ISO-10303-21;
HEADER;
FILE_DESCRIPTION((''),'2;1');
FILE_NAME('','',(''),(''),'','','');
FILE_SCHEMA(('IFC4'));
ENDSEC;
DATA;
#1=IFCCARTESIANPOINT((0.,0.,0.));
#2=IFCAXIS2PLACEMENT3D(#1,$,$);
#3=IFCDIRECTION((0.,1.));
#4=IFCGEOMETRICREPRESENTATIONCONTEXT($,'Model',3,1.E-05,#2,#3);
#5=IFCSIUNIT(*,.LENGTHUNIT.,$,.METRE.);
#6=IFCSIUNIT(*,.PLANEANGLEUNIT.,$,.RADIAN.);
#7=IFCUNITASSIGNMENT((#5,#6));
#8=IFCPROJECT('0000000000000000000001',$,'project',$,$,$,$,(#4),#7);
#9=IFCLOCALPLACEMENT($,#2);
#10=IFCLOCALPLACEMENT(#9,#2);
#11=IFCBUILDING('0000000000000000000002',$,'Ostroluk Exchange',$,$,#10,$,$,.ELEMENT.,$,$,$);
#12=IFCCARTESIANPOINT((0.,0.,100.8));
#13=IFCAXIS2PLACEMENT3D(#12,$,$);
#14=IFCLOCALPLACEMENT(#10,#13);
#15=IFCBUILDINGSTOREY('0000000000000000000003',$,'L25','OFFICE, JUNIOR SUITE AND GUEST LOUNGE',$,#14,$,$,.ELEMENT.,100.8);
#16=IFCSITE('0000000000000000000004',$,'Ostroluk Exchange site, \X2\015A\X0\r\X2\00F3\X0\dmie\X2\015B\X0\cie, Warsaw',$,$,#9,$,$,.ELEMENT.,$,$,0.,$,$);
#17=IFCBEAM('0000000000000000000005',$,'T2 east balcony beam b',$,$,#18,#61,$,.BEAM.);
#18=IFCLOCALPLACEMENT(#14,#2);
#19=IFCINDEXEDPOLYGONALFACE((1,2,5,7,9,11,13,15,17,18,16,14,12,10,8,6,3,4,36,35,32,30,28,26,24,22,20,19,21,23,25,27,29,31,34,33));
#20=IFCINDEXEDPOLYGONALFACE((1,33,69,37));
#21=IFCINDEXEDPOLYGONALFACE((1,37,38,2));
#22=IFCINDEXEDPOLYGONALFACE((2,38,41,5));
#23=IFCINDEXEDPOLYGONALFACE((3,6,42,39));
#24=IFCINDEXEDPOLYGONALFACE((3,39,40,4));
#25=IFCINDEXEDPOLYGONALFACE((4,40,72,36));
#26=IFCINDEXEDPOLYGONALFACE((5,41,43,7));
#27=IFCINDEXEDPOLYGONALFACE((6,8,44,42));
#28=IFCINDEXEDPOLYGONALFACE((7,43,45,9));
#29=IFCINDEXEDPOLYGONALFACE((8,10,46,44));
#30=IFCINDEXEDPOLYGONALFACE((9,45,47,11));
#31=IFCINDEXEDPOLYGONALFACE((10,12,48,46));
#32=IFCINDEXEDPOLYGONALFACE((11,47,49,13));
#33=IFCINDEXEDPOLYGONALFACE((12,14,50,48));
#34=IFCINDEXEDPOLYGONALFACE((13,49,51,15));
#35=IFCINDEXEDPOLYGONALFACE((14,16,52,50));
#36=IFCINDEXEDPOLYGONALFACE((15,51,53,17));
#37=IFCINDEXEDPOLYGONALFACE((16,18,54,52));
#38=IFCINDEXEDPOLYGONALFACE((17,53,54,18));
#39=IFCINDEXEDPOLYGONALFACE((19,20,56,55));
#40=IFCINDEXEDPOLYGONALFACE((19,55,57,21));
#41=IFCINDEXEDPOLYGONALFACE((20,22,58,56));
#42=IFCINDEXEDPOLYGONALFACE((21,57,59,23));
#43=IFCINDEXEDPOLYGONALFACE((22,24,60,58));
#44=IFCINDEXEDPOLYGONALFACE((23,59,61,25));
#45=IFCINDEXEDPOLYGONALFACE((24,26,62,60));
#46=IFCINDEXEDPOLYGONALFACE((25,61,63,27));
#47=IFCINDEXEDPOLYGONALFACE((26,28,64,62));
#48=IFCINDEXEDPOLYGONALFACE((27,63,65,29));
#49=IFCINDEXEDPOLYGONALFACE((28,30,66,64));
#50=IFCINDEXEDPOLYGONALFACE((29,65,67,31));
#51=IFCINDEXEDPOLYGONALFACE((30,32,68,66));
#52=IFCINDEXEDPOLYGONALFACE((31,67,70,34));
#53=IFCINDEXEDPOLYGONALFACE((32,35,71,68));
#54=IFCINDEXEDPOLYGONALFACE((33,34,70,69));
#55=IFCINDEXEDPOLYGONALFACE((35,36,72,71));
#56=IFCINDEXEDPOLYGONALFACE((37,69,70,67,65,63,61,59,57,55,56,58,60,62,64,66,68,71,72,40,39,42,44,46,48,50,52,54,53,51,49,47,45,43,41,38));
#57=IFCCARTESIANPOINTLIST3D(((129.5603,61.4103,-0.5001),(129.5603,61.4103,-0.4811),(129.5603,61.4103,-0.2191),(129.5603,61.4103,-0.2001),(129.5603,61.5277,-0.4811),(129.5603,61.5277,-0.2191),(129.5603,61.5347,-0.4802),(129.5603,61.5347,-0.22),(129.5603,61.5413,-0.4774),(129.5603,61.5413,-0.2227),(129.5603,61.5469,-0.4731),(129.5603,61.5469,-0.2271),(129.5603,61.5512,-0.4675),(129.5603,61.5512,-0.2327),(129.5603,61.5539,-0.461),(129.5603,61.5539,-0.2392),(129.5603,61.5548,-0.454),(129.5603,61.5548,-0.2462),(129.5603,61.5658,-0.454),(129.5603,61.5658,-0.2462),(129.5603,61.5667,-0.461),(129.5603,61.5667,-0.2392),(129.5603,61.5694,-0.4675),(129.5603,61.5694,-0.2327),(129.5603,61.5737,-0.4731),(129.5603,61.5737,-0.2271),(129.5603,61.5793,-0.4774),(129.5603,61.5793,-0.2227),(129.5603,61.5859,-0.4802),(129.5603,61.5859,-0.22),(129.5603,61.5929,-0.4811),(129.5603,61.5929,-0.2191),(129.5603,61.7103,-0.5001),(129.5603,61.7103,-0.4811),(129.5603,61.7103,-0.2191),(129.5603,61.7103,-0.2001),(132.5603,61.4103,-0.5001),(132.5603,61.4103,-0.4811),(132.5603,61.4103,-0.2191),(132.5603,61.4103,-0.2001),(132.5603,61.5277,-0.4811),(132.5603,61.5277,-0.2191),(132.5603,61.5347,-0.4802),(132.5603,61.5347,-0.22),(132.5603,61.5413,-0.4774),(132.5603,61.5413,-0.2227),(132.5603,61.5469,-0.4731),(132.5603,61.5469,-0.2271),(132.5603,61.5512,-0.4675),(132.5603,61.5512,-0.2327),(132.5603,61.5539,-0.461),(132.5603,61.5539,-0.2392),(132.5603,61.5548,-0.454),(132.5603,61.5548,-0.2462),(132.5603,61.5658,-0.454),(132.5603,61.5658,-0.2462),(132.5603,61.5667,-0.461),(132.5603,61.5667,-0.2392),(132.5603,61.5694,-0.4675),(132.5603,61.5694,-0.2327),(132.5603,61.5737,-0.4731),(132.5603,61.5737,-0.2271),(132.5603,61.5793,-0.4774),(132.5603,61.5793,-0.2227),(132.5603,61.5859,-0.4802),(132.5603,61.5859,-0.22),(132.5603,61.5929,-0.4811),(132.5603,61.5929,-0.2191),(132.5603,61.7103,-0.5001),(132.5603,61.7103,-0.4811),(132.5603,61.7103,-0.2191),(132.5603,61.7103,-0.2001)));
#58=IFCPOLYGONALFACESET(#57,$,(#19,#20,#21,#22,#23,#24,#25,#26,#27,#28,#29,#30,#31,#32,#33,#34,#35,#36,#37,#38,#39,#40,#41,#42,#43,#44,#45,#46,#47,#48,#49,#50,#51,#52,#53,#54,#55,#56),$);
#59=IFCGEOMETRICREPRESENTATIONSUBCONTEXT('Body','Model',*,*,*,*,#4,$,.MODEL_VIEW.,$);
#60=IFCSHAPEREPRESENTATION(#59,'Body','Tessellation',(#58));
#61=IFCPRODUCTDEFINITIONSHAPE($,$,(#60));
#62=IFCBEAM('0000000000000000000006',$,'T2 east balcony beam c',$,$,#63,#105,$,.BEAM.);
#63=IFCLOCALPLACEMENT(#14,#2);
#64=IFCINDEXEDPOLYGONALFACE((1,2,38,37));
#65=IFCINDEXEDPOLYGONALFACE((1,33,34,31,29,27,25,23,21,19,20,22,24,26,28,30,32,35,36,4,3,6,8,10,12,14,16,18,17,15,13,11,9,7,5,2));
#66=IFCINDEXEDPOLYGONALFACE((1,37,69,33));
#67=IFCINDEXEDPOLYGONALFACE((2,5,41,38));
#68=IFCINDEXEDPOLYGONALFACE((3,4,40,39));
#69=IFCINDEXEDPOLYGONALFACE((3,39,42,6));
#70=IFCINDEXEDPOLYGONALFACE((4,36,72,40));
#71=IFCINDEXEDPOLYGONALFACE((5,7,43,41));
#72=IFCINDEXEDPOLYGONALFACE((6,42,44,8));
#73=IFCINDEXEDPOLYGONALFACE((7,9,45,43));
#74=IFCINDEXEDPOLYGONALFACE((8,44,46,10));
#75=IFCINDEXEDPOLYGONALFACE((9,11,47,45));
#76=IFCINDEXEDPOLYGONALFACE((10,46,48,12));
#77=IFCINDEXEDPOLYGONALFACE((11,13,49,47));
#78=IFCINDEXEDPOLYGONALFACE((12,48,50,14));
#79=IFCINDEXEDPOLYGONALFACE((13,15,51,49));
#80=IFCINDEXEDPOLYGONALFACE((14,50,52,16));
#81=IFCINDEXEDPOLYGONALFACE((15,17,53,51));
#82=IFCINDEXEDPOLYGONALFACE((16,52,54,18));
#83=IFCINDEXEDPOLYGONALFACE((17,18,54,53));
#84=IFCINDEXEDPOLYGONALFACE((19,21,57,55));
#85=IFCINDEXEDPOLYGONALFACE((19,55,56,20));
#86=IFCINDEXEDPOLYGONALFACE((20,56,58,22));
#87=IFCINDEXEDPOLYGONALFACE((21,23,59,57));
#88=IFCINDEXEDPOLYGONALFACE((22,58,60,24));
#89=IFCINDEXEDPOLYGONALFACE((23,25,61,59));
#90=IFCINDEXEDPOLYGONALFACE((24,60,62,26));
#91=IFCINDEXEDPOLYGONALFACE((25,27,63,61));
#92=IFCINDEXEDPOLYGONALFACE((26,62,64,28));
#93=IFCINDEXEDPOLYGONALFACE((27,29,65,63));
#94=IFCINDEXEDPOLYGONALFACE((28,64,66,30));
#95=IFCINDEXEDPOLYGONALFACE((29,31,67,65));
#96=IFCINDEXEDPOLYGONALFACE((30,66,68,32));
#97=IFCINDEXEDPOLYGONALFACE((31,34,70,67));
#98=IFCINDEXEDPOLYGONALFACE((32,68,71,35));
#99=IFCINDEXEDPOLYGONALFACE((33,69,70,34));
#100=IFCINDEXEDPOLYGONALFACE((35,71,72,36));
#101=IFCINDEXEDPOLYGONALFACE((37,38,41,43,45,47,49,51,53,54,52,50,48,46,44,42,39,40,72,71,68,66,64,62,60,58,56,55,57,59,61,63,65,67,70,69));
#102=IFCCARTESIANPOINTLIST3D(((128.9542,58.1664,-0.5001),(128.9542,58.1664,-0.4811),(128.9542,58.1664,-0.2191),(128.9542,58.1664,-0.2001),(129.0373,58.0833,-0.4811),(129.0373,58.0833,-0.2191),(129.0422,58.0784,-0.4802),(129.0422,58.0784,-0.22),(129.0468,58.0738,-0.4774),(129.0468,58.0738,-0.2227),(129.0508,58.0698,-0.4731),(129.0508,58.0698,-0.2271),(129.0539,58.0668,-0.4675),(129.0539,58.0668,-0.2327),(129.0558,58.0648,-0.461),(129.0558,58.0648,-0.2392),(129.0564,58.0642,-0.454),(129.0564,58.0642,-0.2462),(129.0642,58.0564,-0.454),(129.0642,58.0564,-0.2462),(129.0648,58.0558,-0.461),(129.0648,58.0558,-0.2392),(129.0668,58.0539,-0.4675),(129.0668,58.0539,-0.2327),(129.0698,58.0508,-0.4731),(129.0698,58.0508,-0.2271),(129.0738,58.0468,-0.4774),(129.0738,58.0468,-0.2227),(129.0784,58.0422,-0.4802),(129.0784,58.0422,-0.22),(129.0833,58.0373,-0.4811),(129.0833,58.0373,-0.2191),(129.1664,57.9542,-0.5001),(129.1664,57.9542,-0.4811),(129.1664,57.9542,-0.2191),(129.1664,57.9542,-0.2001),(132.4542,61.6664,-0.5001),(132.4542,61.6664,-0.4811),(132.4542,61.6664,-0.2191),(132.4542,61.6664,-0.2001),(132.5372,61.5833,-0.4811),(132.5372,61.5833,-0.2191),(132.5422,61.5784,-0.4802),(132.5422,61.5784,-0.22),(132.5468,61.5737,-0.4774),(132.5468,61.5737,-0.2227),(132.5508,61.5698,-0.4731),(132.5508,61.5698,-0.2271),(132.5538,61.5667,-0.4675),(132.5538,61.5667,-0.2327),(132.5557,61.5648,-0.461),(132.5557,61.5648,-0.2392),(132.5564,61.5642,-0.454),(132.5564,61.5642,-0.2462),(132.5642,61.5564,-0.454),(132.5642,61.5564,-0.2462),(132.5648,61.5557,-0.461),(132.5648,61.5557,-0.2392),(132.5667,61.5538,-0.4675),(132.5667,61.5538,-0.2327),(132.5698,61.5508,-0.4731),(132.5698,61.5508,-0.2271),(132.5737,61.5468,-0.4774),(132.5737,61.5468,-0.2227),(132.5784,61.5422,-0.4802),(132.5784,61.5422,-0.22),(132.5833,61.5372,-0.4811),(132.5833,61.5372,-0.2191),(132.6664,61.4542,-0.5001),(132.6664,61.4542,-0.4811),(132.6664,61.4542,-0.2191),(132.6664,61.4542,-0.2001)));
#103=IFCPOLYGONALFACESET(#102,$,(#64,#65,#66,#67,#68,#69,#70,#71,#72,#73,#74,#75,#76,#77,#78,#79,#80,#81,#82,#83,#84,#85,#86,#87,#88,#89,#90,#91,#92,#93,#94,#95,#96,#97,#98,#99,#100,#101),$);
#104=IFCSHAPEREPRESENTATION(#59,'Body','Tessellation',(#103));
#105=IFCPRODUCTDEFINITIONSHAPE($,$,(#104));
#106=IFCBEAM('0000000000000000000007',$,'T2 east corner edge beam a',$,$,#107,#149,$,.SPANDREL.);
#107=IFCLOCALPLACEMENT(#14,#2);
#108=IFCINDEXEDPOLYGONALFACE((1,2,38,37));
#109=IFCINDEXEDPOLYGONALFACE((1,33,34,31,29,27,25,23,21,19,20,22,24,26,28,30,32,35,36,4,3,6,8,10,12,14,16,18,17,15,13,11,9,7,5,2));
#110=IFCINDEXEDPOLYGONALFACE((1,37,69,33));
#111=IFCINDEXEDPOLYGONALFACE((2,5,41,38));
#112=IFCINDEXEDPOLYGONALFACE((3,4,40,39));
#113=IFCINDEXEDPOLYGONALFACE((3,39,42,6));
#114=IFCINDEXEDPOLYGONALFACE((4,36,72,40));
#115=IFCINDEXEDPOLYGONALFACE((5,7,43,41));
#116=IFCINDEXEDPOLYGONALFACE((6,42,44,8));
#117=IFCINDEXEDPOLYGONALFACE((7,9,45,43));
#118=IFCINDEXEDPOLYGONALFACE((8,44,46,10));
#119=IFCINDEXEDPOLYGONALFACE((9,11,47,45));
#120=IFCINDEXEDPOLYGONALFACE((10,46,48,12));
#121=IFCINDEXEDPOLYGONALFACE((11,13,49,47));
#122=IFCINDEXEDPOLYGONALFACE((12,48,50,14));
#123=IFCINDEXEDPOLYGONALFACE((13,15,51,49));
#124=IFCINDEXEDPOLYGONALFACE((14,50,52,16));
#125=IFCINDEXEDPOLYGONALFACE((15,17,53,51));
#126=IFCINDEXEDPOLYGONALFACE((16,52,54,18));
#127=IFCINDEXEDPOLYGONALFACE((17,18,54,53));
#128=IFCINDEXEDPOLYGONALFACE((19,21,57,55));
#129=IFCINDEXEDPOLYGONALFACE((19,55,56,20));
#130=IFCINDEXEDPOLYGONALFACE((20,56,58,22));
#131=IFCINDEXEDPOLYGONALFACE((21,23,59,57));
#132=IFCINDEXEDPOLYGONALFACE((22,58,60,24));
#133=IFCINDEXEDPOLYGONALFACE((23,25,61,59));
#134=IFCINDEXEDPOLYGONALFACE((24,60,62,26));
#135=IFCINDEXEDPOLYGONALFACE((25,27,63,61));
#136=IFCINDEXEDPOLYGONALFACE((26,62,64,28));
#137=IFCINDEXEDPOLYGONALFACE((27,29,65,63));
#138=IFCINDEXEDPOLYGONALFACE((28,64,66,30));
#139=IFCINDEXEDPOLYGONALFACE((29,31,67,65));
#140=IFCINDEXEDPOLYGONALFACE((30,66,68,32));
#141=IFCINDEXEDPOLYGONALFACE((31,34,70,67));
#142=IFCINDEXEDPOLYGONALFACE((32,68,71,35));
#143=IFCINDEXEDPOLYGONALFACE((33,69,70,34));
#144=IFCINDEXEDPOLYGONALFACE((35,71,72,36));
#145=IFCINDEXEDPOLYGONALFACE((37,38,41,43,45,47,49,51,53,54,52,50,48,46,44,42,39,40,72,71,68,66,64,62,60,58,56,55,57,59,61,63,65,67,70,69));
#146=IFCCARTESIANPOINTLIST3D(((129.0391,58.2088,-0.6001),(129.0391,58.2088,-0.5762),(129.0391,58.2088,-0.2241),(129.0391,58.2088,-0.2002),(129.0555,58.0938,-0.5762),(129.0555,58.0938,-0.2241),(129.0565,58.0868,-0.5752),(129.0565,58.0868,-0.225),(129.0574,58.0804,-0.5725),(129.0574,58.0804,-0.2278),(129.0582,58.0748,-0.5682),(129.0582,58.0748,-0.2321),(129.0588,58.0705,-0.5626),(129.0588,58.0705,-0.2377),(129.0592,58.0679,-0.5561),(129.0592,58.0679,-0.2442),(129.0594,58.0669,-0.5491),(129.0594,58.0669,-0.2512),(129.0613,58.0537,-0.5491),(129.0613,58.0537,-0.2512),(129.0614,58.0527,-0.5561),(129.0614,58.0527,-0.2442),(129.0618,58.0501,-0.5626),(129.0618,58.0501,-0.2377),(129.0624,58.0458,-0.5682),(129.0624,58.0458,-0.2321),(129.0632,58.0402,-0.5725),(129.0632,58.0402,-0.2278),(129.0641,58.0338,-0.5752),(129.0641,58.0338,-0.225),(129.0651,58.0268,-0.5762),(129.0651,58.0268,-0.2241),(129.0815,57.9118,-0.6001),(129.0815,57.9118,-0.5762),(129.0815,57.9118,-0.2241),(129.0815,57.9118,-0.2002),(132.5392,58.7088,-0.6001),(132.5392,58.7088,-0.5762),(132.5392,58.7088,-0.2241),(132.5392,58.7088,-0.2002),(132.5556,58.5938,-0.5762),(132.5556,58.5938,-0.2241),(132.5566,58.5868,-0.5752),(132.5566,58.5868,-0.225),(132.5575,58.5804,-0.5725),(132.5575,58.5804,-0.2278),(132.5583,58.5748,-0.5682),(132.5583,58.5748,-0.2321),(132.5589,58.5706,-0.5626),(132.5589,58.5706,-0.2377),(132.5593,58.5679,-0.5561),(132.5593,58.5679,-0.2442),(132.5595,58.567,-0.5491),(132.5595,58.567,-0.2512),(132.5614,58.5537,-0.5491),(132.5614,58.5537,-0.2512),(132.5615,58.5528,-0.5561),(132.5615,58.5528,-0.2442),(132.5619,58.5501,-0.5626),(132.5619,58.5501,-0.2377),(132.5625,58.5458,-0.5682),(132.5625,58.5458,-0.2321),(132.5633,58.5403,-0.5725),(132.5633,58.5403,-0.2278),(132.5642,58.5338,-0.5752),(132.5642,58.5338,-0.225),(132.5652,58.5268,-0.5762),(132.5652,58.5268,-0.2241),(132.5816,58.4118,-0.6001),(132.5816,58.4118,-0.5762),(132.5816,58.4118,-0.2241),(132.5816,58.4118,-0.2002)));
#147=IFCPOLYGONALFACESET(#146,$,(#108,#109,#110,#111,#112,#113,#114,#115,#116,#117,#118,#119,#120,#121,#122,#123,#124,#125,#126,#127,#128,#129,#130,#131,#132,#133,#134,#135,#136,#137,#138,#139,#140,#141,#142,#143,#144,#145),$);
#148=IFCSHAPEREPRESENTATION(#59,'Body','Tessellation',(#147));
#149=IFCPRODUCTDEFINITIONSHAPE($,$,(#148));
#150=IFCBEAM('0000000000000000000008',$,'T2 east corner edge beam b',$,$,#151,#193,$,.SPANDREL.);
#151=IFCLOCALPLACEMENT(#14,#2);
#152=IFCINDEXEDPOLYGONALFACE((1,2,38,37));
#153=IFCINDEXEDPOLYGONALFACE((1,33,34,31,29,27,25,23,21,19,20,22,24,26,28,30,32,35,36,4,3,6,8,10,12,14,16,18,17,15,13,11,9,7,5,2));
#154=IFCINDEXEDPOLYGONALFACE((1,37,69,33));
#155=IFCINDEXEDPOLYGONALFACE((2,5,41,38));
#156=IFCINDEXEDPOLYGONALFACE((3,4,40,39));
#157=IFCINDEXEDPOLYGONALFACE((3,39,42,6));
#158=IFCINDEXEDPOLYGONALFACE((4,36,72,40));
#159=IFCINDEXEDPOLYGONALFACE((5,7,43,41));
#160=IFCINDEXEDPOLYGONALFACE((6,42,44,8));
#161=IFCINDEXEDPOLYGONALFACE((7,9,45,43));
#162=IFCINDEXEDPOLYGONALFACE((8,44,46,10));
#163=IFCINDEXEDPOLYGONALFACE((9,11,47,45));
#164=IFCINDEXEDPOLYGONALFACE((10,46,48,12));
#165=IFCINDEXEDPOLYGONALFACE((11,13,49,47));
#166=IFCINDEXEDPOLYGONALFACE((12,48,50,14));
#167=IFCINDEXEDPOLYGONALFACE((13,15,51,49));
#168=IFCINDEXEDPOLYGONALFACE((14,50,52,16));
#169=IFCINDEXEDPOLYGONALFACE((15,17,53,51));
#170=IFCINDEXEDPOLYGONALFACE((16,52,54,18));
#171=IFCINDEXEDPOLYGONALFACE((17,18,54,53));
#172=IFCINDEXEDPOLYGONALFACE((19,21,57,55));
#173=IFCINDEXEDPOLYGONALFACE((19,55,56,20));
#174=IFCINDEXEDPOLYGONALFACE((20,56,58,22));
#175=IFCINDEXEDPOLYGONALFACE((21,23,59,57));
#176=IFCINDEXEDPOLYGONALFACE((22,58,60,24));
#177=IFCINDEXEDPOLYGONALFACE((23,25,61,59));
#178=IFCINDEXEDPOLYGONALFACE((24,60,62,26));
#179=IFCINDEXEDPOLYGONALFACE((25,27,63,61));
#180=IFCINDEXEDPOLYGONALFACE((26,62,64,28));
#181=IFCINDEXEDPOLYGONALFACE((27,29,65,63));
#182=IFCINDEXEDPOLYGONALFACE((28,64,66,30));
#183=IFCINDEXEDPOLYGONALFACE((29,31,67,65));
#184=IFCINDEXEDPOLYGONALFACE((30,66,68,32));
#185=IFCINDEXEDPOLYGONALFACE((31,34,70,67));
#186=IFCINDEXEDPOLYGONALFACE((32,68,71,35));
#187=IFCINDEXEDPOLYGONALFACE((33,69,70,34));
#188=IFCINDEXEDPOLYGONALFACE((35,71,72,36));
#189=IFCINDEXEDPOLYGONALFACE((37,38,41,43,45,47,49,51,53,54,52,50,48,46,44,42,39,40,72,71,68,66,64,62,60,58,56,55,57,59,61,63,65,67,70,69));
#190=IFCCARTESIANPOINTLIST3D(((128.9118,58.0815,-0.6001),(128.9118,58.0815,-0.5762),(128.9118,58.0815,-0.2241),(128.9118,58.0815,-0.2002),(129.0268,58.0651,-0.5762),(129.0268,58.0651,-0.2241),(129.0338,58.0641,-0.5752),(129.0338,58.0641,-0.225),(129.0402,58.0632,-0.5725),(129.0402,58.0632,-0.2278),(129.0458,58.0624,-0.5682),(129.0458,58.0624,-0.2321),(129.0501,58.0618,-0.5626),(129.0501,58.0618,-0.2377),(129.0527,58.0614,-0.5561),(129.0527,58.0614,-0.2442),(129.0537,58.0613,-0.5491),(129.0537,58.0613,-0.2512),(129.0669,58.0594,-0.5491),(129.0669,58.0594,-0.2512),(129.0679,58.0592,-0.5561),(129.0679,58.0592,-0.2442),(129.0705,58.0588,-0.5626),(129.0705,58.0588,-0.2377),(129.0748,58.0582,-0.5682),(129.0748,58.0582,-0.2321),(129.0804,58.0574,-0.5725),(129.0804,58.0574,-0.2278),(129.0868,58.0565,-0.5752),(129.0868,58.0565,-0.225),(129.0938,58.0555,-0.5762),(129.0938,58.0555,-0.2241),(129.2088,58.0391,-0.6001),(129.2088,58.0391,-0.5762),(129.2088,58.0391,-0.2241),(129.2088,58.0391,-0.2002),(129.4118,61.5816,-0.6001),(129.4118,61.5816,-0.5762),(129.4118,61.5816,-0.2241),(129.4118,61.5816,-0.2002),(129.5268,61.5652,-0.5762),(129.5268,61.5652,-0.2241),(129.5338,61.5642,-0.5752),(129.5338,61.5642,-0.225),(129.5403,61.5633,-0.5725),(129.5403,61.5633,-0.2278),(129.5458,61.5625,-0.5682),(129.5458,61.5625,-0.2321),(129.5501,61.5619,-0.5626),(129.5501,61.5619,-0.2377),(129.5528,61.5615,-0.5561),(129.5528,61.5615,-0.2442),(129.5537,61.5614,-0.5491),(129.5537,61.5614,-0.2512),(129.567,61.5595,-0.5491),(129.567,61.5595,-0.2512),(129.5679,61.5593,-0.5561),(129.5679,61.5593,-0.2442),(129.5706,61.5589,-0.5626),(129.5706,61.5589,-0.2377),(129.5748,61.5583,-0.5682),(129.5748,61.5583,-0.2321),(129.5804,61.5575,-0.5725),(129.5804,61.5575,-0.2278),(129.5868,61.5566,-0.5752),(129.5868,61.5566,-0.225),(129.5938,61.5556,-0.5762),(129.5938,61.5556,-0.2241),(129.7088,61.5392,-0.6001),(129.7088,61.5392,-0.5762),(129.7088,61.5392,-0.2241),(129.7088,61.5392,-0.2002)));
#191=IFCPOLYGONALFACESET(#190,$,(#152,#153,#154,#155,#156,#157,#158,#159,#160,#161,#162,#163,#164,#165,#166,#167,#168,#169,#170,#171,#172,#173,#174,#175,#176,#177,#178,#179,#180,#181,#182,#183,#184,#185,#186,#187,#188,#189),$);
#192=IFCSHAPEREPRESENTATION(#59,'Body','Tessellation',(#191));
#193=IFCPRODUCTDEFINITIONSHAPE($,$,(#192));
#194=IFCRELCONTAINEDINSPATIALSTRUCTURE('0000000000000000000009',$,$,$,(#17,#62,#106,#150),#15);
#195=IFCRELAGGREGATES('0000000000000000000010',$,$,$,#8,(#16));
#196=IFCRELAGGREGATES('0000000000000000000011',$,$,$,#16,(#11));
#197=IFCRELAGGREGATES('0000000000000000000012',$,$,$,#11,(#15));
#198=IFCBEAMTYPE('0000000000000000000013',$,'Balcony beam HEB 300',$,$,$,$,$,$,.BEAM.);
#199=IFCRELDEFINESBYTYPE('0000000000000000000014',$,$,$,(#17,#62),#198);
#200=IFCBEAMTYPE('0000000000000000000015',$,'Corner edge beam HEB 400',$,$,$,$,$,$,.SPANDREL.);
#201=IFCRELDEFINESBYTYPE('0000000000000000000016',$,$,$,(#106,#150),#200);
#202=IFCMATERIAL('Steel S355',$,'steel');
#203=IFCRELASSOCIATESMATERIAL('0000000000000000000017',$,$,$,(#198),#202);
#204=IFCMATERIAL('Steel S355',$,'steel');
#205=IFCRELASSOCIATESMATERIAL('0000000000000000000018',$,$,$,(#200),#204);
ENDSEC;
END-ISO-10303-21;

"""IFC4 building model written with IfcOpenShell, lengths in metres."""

from ifc_helpers import new_model, si_unit, direction, frame, origin, origin_2d, place, context, subcontext, project, spatial, i_section, extrude, material, material_profile, profile_set, type_object, element, save


model = new_model("IFC4")

# Units and contexts
model_context = context("Model", 3, precision=1e-05, world=origin(), true_north=direction((0.0, 1.0)))
body_context = subcontext(model_context, "Body", "Model", "MODEL_VIEW")
ifc_project = project(units=[si_unit("LENGTHUNIT", "METRE"), si_unit("PLANEANGLEUNIT", "RADIAN")], contexts=[model_context])

# Site, building, storey
site_placement = place(None, origin())
site = spatial("IfcSite", under=ifc_project, at=site_placement, Name="Ostroluk Exchange site, Śródmieście, Warsaw", CompositionType="ELEMENT", RefElevation=0.0)
building_placement = place(site_placement, origin())
building = spatial("IfcBuilding", under=site, at=building_placement, Name="Ostroluk Exchange", CompositionType="ELEMENT")
storey_placement = place(building_placement, frame((0.0, 0.0, 100.8)))
storey = spatial("IfcBuildingStorey", under=building, at=storey_placement, Name="L25", Description="OFFICE, JUNIOR SUITE AND GUEST LOUNGE", CompositionType="ELEMENT", Elevation=100.8)

# Beams
ifc_material_1 = material(Name="Steel S355", Category="steel")
ifc_material_profile_1 = material_profile(ifc_material_1, i_section(OverallWidth=0.3, OverallDepth=0.3, WebThickness=0.011, FlangeThickness=0.019, FilletRadius=0.0271, at=origin_2d()), Name="HEB 300")
ifc_profile_set_1 = profile_set([ifc_material_profile_1], Name="Steel S355")
beam_type_1 = type_object("IfcBeamType", Name="Balcony beam HEB 300", PredefinedType="BEAM", material=ifc_profile_set_1)
for number, where, z_axis, x_axis, name in (
    (1, (129.5603, 61.5603, -0.3501), (1.0, 0.0, 0.0), (0.0, 1.0, 0.0), "T2 east balcony beam b"),
):
    element("IfcBeam", number, at=place(storey_placement, frame(where, z_axis=z_axis, x_axis=x_axis)), inside=storey, type_object=beam_type_1, Name=name, PredefinedType="BEAM", context=body_context, shape_type="SweptSolid", body=[
        extrude(i_section(OverallWidth=0.3, OverallDepth=0.3, WebThickness=0.011, FlangeThickness=0.019, FilletRadius=0.0271, at=origin_2d()), origin(), (0.0, 0.0, 1.0), 3.0),
    ])
beam_1_placement = place(storey_placement, frame((129.0603, 58.0603, -0.3501), z_axis=(0.707107, 0.707107, 0.0), x_axis=(-0.707107, 0.707107, 0.0)))
element("IfcBeam", 2, at=beam_1_placement, inside=storey, type_object=beam_type_1, Name="T2 east balcony beam c", PredefinedType="BEAM", context=body_context, shape_type="SweptSolid", body=[
    extrude(i_section(OverallWidth=0.3, OverallDepth=0.3, WebThickness=0.011, FlangeThickness=0.019, FilletRadius=0.0271, at=origin_2d()), origin(), (0.0, 0.0, 1.0), 4.9497),
])
ifc_material_2 = material(Name="Steel S355", Category="steel")
ifc_material_profile_2 = material_profile(ifc_material_2, i_section(OverallWidth=0.3, OverallDepth=0.3999, WebThickness=0.0134, FlangeThickness=0.0239, FilletRadius=0.0271, at=origin_2d()), Name="HEB 400")
ifc_profile_set_2 = profile_set([ifc_material_profile_2], Name="Steel S355")
beam_type_2 = type_object("IfcBeamType", Name="Corner edge beam HEB 400", PredefinedType="SPANDREL", material=ifc_profile_set_2)
for number, where, z_axis, x_axis, name in (
    (3, (129.0603, 58.0603, -0.4001), (0.989949, 0.141421, 0.0), (-0.141421, 0.989949, 0.0), "T2 east corner edge beam a"),
    (4, (129.0603, 58.0603, -0.4001), (0.141421, 0.989949, 0.0), (-0.989949, 0.141421, 0.0), "T2 east corner edge beam b"),
):
    element("IfcBeam", number, at=place(storey_placement, frame(where, z_axis=z_axis, x_axis=x_axis)), inside=storey, type_object=beam_type_2, Name=name, PredefinedType="SPANDREL", context=body_context, shape_type="SweptSolid", body=[
        extrude(i_section(OverallWidth=0.3, OverallDepth=0.3999, WebThickness=0.0134, FlangeThickness=0.0239, FilletRadius=0.0271, at=origin_2d()), origin(), (0.0, 0.0, 1.0), 3.5356),
    ])

save(model, "model.ifc")
